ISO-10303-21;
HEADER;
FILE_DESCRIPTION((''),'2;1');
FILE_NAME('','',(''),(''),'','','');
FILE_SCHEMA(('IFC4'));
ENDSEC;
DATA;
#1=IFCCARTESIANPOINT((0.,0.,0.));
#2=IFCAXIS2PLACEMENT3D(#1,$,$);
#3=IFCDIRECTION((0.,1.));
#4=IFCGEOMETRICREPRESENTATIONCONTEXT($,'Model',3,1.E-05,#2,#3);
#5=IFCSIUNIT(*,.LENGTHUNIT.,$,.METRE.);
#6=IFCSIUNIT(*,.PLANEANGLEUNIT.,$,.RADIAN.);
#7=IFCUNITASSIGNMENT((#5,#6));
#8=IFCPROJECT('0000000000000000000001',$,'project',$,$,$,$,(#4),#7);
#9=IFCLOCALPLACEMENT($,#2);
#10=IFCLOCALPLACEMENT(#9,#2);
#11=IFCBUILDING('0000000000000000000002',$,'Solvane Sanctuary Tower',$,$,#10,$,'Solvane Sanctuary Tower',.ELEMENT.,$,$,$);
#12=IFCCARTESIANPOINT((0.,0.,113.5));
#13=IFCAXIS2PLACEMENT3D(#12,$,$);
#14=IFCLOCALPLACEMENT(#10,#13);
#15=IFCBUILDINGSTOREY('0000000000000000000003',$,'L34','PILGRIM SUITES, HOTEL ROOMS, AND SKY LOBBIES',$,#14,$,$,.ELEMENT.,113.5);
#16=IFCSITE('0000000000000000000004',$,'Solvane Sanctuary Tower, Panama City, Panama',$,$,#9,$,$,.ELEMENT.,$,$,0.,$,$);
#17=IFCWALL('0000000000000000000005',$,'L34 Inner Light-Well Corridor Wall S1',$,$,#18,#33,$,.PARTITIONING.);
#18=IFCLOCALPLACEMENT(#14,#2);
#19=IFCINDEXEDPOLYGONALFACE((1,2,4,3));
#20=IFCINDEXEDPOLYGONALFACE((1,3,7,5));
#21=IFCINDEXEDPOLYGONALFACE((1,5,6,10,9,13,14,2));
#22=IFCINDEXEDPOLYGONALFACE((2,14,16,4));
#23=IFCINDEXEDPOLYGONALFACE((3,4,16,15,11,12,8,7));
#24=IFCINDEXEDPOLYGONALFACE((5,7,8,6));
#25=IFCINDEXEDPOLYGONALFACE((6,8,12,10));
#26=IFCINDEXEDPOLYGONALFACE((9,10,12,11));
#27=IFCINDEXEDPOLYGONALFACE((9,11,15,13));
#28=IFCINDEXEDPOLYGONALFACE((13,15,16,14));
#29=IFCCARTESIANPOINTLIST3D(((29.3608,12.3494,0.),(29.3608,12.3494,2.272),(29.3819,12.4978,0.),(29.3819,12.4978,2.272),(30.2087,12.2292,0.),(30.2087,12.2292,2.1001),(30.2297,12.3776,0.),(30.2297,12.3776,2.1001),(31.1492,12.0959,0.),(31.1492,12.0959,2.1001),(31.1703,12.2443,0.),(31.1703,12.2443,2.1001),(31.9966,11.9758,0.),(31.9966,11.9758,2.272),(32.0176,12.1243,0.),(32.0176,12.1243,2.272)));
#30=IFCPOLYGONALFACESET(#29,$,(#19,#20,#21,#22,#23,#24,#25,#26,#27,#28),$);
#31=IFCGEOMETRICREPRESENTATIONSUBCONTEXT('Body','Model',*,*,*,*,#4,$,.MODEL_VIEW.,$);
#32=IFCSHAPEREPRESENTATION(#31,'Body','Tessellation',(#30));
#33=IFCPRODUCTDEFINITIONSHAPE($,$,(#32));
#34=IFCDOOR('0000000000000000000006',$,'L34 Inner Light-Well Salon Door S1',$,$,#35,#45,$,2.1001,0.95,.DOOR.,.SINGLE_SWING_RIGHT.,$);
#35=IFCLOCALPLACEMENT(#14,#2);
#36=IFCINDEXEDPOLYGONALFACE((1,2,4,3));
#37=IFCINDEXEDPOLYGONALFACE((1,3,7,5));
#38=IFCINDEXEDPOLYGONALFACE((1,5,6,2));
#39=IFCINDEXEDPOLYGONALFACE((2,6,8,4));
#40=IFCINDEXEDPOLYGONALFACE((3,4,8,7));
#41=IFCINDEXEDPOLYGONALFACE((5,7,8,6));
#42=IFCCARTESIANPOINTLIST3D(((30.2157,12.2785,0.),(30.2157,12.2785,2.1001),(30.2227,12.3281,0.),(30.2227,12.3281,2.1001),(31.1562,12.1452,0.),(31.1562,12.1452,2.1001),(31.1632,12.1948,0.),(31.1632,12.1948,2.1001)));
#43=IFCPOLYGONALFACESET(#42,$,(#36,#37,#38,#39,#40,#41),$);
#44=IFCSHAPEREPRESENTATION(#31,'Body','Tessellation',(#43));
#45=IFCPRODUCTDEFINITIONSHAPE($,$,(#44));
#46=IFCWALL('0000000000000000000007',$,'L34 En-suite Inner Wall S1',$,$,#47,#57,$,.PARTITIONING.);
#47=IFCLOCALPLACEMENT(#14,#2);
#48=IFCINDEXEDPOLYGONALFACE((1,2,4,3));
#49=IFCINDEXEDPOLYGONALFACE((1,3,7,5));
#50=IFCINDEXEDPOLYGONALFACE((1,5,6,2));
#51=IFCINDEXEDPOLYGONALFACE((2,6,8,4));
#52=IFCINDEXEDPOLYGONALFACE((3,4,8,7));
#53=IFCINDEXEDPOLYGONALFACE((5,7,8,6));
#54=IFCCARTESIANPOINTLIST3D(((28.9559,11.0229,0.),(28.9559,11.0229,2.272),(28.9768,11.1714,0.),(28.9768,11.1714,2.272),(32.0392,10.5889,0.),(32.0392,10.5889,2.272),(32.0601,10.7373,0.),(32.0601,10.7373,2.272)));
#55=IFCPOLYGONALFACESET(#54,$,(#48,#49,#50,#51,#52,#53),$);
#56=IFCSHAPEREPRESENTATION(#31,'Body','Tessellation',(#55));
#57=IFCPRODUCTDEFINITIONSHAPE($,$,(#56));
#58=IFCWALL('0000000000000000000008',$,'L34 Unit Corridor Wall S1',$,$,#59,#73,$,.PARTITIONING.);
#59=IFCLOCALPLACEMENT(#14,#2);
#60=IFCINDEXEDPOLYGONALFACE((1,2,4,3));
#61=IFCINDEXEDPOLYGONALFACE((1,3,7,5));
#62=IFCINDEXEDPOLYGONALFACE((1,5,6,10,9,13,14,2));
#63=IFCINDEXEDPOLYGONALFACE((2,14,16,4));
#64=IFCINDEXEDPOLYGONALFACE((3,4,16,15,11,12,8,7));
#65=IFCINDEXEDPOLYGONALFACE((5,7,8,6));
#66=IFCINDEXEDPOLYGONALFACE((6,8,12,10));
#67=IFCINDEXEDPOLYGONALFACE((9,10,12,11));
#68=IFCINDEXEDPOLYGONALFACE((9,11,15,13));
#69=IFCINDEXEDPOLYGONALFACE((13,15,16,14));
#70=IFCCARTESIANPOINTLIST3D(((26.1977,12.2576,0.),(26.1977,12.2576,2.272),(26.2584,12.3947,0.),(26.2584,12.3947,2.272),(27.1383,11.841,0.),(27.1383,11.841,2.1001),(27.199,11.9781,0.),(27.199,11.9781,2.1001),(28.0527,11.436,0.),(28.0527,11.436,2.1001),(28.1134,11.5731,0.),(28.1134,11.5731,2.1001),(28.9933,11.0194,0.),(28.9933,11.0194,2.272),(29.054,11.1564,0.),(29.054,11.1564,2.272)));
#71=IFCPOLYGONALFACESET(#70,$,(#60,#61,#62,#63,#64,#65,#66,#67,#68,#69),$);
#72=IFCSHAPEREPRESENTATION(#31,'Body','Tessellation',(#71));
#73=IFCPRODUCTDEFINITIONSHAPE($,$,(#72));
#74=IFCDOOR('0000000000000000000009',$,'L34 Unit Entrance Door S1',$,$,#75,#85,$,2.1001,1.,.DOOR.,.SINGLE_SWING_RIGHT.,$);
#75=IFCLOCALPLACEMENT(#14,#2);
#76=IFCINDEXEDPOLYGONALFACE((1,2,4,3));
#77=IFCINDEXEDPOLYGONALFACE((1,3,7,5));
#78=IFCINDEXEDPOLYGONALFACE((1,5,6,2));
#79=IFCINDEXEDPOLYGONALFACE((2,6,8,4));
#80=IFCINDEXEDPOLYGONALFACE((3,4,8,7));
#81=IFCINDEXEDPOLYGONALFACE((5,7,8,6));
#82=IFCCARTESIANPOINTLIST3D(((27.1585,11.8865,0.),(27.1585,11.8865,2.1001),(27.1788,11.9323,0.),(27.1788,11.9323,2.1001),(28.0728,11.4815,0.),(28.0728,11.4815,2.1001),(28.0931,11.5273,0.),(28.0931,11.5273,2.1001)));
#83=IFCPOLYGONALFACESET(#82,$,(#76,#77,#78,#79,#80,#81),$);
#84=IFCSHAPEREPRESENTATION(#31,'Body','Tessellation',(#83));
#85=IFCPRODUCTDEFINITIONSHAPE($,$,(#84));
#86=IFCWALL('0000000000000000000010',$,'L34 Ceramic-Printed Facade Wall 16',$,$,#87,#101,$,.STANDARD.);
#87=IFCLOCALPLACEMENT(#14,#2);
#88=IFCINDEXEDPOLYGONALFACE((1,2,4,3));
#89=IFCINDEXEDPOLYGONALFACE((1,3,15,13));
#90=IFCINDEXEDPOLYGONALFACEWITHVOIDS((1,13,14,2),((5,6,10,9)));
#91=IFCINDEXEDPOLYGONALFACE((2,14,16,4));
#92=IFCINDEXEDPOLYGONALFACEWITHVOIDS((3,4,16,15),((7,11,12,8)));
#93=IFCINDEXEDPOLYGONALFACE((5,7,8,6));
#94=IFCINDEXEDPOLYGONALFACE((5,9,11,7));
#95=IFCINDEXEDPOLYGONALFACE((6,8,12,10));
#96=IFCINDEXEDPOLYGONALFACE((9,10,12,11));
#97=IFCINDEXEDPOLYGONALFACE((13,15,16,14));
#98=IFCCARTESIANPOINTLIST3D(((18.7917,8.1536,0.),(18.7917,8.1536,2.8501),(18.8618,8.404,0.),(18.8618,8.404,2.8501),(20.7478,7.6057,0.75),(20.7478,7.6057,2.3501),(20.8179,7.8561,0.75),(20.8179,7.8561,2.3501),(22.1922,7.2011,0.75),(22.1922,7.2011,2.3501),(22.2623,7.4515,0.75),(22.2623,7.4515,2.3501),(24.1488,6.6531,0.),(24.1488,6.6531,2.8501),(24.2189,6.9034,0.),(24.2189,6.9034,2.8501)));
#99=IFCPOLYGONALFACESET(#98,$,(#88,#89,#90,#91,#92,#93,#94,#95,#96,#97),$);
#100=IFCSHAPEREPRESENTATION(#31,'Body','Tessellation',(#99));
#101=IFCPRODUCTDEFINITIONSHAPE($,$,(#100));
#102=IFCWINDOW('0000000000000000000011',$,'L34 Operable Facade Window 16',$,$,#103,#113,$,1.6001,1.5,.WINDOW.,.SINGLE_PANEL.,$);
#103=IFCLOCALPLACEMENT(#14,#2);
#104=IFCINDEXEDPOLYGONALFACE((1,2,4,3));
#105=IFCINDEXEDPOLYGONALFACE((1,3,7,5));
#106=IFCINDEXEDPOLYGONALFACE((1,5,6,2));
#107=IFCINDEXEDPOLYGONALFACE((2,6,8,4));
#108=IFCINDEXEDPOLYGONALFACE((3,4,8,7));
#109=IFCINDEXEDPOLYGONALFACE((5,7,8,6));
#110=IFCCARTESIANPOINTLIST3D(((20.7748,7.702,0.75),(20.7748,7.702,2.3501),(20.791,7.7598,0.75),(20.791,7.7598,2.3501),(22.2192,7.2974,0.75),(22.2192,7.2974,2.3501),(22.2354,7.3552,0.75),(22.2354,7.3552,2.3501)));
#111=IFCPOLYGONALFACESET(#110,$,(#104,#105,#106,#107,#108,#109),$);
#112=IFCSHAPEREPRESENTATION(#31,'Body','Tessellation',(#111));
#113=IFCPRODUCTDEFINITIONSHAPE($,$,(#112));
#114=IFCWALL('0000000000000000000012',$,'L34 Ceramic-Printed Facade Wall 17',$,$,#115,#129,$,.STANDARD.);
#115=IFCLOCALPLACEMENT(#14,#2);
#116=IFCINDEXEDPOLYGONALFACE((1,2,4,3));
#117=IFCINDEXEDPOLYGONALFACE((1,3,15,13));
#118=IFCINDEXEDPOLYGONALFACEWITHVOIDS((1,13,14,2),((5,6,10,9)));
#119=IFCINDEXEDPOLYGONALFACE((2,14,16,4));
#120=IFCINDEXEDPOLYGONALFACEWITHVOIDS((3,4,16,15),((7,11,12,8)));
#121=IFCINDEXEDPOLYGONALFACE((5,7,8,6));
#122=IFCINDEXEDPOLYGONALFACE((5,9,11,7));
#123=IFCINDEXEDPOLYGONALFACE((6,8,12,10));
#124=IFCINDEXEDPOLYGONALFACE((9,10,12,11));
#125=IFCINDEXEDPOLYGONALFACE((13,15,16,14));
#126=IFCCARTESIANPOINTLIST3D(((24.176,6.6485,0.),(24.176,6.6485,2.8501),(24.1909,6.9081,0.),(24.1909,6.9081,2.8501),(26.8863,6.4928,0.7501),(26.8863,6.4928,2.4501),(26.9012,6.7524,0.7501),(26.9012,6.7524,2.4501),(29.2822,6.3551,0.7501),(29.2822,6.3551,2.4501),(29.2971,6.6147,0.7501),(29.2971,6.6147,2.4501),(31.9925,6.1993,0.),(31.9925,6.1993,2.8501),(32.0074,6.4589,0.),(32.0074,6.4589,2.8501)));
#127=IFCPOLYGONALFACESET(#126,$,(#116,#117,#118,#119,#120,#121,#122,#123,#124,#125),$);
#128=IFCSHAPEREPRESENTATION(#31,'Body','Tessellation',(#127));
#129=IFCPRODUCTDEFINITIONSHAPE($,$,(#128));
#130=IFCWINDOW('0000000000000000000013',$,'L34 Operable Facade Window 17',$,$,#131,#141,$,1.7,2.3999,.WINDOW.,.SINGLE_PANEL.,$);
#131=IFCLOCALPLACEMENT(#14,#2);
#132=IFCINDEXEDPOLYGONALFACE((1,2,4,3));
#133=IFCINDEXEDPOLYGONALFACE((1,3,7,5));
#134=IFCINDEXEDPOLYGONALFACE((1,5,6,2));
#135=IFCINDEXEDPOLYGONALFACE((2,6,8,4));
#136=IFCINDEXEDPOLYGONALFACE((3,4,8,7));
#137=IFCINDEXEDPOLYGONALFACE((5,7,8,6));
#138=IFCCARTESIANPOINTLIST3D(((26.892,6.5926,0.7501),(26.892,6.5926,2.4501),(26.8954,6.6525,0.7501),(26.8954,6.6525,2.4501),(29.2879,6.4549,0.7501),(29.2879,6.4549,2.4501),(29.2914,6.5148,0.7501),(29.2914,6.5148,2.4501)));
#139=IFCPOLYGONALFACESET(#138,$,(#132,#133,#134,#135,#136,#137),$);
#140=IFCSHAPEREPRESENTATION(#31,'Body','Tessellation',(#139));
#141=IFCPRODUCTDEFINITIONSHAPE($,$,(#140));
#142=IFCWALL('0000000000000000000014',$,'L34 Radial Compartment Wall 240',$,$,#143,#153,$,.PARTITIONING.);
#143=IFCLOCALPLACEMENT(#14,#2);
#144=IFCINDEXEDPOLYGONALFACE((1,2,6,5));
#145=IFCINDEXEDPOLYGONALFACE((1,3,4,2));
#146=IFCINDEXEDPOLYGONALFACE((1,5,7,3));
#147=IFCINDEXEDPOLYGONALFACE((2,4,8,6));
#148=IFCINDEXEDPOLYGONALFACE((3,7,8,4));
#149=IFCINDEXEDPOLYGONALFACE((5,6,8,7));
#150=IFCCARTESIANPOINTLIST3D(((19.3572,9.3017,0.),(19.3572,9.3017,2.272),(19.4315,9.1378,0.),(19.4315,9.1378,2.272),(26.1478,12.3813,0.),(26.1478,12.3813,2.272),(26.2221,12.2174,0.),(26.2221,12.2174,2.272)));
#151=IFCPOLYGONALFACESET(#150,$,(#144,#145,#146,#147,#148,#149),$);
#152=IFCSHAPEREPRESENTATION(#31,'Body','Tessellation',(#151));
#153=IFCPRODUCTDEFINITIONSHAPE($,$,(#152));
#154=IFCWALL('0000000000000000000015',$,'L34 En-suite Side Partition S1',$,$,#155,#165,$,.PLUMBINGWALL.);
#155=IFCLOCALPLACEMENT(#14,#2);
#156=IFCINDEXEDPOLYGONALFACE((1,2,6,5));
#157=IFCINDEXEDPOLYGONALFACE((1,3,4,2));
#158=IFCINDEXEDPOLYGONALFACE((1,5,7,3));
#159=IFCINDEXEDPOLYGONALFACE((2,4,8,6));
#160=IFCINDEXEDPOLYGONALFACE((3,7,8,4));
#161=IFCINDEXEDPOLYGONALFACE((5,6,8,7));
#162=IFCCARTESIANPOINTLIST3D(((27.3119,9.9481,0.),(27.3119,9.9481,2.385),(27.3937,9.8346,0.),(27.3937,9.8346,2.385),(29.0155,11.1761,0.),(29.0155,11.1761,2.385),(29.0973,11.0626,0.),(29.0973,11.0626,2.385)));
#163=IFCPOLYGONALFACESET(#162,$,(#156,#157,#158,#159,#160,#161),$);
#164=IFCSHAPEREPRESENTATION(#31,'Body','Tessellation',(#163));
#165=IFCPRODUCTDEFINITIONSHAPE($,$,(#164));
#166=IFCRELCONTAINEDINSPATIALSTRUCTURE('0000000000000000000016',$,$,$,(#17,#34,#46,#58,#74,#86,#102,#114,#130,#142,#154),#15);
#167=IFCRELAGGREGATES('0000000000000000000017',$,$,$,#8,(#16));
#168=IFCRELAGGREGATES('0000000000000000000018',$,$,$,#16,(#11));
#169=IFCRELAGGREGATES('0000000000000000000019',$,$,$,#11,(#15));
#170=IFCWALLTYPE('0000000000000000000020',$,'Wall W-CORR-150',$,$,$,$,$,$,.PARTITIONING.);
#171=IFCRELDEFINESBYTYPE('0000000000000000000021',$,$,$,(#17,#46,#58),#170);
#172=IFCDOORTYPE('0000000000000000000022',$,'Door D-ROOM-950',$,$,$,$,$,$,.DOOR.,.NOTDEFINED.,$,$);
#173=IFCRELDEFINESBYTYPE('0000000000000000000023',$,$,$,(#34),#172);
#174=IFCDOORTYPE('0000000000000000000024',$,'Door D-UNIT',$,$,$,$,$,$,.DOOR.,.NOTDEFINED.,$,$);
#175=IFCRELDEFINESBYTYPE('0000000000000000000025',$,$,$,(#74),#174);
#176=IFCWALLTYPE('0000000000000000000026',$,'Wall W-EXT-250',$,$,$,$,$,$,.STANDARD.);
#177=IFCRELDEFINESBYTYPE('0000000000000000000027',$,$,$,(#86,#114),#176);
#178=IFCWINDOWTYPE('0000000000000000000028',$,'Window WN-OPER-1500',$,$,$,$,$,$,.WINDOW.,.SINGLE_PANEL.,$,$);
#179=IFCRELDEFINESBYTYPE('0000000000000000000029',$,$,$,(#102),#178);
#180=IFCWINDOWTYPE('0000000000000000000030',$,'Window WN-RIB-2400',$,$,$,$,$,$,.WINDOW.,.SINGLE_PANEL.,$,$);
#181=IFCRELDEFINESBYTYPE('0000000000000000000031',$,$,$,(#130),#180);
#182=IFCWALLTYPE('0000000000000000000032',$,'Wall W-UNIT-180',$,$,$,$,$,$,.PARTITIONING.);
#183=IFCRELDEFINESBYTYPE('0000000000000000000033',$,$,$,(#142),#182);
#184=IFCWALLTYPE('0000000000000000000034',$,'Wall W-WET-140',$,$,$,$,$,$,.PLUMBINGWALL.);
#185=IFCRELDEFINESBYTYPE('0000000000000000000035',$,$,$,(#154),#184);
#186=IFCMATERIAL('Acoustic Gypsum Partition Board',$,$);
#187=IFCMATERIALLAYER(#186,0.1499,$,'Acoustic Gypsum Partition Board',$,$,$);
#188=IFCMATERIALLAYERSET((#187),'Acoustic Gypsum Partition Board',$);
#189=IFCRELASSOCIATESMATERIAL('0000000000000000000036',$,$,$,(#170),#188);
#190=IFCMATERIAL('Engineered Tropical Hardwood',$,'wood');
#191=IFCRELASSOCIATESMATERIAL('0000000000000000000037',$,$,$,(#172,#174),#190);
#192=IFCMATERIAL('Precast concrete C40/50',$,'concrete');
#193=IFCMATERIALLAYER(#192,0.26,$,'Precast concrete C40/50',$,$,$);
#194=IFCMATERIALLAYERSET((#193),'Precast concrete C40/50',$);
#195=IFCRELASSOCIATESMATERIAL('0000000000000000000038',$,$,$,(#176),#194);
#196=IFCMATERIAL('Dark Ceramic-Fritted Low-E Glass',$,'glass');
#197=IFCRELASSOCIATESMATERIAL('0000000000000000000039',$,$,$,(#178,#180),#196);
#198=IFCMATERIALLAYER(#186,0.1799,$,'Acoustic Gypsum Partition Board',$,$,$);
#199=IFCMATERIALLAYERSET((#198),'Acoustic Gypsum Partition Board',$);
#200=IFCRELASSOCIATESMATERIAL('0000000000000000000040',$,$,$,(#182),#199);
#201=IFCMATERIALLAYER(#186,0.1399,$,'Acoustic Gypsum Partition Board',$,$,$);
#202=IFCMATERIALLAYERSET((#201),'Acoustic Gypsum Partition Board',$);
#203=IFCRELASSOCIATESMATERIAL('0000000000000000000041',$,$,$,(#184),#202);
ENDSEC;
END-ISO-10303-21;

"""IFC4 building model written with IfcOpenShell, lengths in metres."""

from ifc_helpers import new_model, si_unit, direction, frame, frame_2d, origin, place, context, subcontext, project, spatial, rectangle, extrude, material, layer, layer_set, type_object, element, fill, save


model = new_model("IFC4")

# Units and contexts
model_context = context("Model", 3, precision=1e-05, world=origin(), true_north=direction((0.0, 1.0)))
body_context = subcontext(model_context, "Body", "Model", "MODEL_VIEW")
ifc_project = project(units=[si_unit("LENGTHUNIT", "METRE"), si_unit("PLANEANGLEUNIT", "RADIAN")], contexts=[model_context])

# Site, building, storey
site_placement = place(None, origin())
site = spatial("IfcSite", under=ifc_project, at=site_placement, Name="Solvane Sanctuary Tower, Panama City, Panama", CompositionType="ELEMENT", RefElevation=0.0)
building_placement = place(site_placement, origin())
building = spatial("IfcBuilding", under=site, at=building_placement, Name="Solvane Sanctuary Tower", LongName="Solvane Sanctuary Tower", CompositionType="ELEMENT")
storey_placement = place(building_placement, frame((0.0, 0.0, 113.5)))
storey = spatial("IfcBuildingStorey", under=building, at=storey_placement, Name="L34", Description="PILGRIM SUITES, HOTEL ROOMS, AND SKY LOBBIES", CompositionType="ELEMENT", Elevation=113.5)

# Shared definitions
ifc_material_1 = material(Name="Acoustic Gypsum Partition Board")
ifc_layer_1 = layer(ifc_material_1, 0.1499, Name="Acoustic Gypsum Partition Board")
ifc_layer_set_1 = layer_set([ifc_layer_1], Name="Acoustic Gypsum Partition Board")
wall_type_1 = type_object("IfcWallType", Name="Wall W-CORR-150", PredefinedType="PARTITIONING", material=ifc_layer_set_1)

# Wall, opening, door
wall_1_placement = place(storey_placement, frame((29.3713, 12.4236, 0.0), z_axis=(0.0, 0.0, 1.0), x_axis=(0.990107, -0.140317, 0.0)))
wall_1 = element("IfcWall", 1, at=wall_1_placement, inside=storey, type_object=wall_type_1, Name="L34 Inner Light-Well Corridor Wall S1", PredefinedType="PARTITIONING", context=body_context, shape_type="SweptSolid", body=[
    extrude(rectangle(XDim=2.6621, YDim=0.1499, at=frame_2d((1.3311, 0.0))), origin(), (0.0, 0.0, 1.0), 2.272),
])
opening_1_placement = place(wall_1_placement, frame((0.8562, 0.0, 0.0)))
opening_1 = element("IfcOpeningElement", 2, at=opening_1_placement, cuts=wall_1, PredefinedType="OPENING", context=body_context, shape_type="SweptSolid", body=[
    extrude(rectangle(XDim=0.95, YDim=2.1001, at=frame_2d((0.4751, 1.05))), frame((0.0, 0.085, 0.0), z_axis=(0.0, -1.0, 0.0), x_axis=(1.0, 0.0, 0.0)), (0.0, 0.0, 1.0), 0.1699),
])
ifc_material_2 = material(Name="Engineered Tropical Hardwood", Category="wood")
door_type_1 = type_object("IfcDoorType", Name="Door D-ROOM-950", OperationType="NOTDEFINED", PredefinedType="DOOR", material=ifc_material_2)
door_1_placement = place(opening_1_placement, origin())
door_1 = element("IfcDoor", 3, at=door_1_placement, inside=storey, type_object=door_type_1, Name="L34 Inner Light-Well Salon Door S1", OperationType="SINGLE_SWING_RIGHT", OverallHeight=2.1001, OverallWidth=0.95, PredefinedType="DOOR", context=body_context, shape_type="SweptSolid", body=[
    extrude(rectangle(XDim=0.95, YDim=2.1001, at=frame_2d((0.4751, 1.05))), frame((0.0, 0.0249, 0.0), z_axis=(0.0, -1.0, 0.0), x_axis=(1.0, 0.0, 0.0)), (0.0, 0.0, 1.0), 0.05),
])
fill(opening_1, door_1)

# Wall
wall_2_placement = place(storey_placement, frame((28.9663, 11.0972, 0.0), z_axis=(0.0, 0.0, 1.0), x_axis=(0.990234, -0.139412, 0.0)))
element("IfcWall", 4, at=wall_2_placement, inside=storey, type_object=wall_type_1, Name="L34 En-suite Inner Wall S1", PredefinedType="PARTITIONING", context=body_context, shape_type="SweptSolid", body=[
    extrude(rectangle(XDim=3.1138, YDim=0.1499, at=frame_2d((1.5569, 0.0))), origin(), (0.0, 0.0, 1.0), 2.272),
])

# Wall, opening, door
wall_3_placement = place(storey_placement, frame((26.228, 12.3262, 0.0), z_axis=(0.0, 0.0, 1.0), x_axis=(0.914324, -0.404982, 0.0)))
wall_3 = element("IfcWall", 5, at=wall_3_placement, inside=storey, type_object=wall_type_1, Name="L34 Unit Corridor Wall S1", PredefinedType="PARTITIONING", context=body_context, shape_type="SweptSolid", body=[
    extrude(rectangle(XDim=3.0576, YDim=0.1499, at=frame_2d((1.5288, 0.0))), origin(), (0.0, 0.0, 1.0), 2.272),
])
opening_2_placement = place(wall_3_placement, frame((1.0288, 0.0, 0.0)))
opening_2 = element("IfcOpeningElement", 6, at=opening_2_placement, cuts=wall_3, PredefinedType="OPENING", context=body_context, shape_type="SweptSolid", body=[
    extrude(rectangle(XDim=1.0, YDim=2.1001, at=frame_2d((0.5, 1.05))), frame((0.0, 0.085, 0.0), z_axis=(0.0, -1.0, 0.0), x_axis=(1.0, 0.0, 0.0)), (0.0, 0.0, 1.0), 0.1699),
])
door_type_2 = type_object("IfcDoorType", Name="Door D-UNIT", OperationType="NOTDEFINED", PredefinedType="DOOR", material=ifc_material_2)
door_2_placement = place(opening_2_placement, origin())
door_2 = element("IfcDoor", 7, at=door_2_placement, inside=storey, type_object=door_type_2, Name="L34 Unit Entrance Door S1", OperationType="SINGLE_SWING_RIGHT", OverallHeight=2.1001, OverallWidth=1.0, PredefinedType="DOOR", context=body_context, shape_type="SweptSolid", body=[
    extrude(rectangle(XDim=1.0, YDim=2.1001, at=frame_2d((0.5, 1.05))), frame((0.0, 0.0249, 0.0), z_axis=(0.0, -1.0, 0.0), x_axis=(1.0, 0.0, 0.0)), (0.0, 0.0, 1.0), 0.05),
])
fill(opening_2, door_2)

# Walls, openings, windows
ifc_material_3 = material(Name="Precast concrete C40/50", Category="concrete")
ifc_layer_2 = layer(ifc_material_3, 0.26, Name="Precast concrete C40/50")
ifc_layer_set_2 = layer_set([ifc_layer_2], Name="Precast concrete C40/50")
wall_type_2 = type_object("IfcWallType", Name="Wall W-EXT-250", PredefinedType="STANDARD", material=ifc_layer_set_2)
wall_4_placement = place(storey_placement, frame((18.8267, 8.2788, 0.0), z_axis=(0.0, 0.0, 1.0), x_axis=(0.962938, -0.269721, 0.0)))
wall_4 = element("IfcWall", 8, at=wall_4_placement, inside=storey, type_object=wall_type_2, Name="L34 Ceramic-Printed Facade Wall 16", PredefinedType="STANDARD", context=body_context, shape_type="SweptSolid", body=[
    extrude(rectangle(XDim=5.5632, YDim=0.26, at=frame_2d((2.7817, 0.0))), origin(), (0.0, 0.0, 1.0), 2.8501),
])
opening_3_placement = place(wall_4_placement, frame((2.0315, 0.0, 0.75)))
opening_3 = element("IfcOpeningElement", 9, at=opening_3_placement, cuts=wall_4, PredefinedType="OPENING", context=body_context, shape_type="SweptSolid", body=[
    extrude(rectangle(XDim=1.5, YDim=1.6001, at=frame_2d((0.75, 0.8))), frame((0.0, 0.1399, 0.0), z_axis=(0.0, -1.0, 0.0), x_axis=(1.0, 0.0, 0.0)), (0.0, 0.0, 1.0), 0.28),
])
ifc_material_4 = material(Name="Dark Ceramic-Fritted Low-E Glass", Category="glass")
window_type_1 = type_object("IfcWindowType", Name="Window WN-OPER-1500", PartitioningType="SINGLE_PANEL", PredefinedType="WINDOW", material=ifc_material_4)
window_1_placement = place(opening_3_placement, origin())
window_1 = element("IfcWindow", 10, at=window_1_placement, inside=storey, type_object=window_type_1, Name="L34 Operable Facade Window 16", OverallHeight=1.6001, OverallWidth=1.5, PartitioningType="SINGLE_PANEL", PredefinedType="WINDOW", context=body_context, shape_type="SweptSolid", body=[
    extrude(rectangle(XDim=1.5, YDim=1.6001, at=frame_2d((0.75, 0.8))), frame((0.0, 0.03, 0.0), z_axis=(0.0, -1.0, 0.0), x_axis=(1.0, 0.0, 0.0)), (0.0, 0.0, 1.0), 0.0601),
])
fill(opening_3, window_1)
wall_5_placement = place(storey_placement, frame((24.1836, 6.7783, 0.0), z_axis=(0.0, 0.0, 1.0), x_axis=(0.998353, -0.057377, 0.0)))
wall_5 = element("IfcWall", 11, at=wall_5_placement, inside=storey, type_object=wall_type_2, Name="L34 Ceramic-Printed Facade Wall 17", PredefinedType="STANDARD", context=body_context, shape_type="SweptSolid", body=[
    extrude(rectangle(XDim=7.8293, YDim=0.26, at=frame_2d((3.9146, 0.0))), origin(), (0.0, 0.0, 1.0), 2.8501),
])
opening_4_placement = place(wall_5_placement, frame((2.7146, 0.0, 0.75)))
opening_4 = element("IfcOpeningElement", 12, at=opening_4_placement, cuts=wall_5, PredefinedType="OPENING", context=body_context, shape_type="SweptSolid", body=[
    extrude(rectangle(XDim=2.3999, YDim=1.7, at=frame_2d((1.2, 0.8501))), frame((0.0, 0.1399, 0.0), z_axis=(0.0, -1.0, 0.0), x_axis=(1.0, 0.0, 0.0)), (0.0, 0.0, 1.0), 0.28),
])
window_type_2 = type_object("IfcWindowType", Name="Window WN-RIB-2400", PartitioningType="SINGLE_PANEL", PredefinedType="WINDOW", material=ifc_material_4)
window_2_placement = place(opening_4_placement, origin())
window_2 = element("IfcWindow", 13, at=window_2_placement, inside=storey, type_object=window_type_2, Name="L34 Operable Facade Window 17", OverallHeight=1.7, OverallWidth=2.3999, PartitioningType="SINGLE_PANEL", PredefinedType="WINDOW", context=body_context, shape_type="SweptSolid", body=[
    extrude(rectangle(XDim=2.3999, YDim=1.7, at=frame_2d((1.2, 0.8501))), frame((0.0, 0.03, 0.0), z_axis=(0.0, -1.0, 0.0), x_axis=(1.0, 0.0, 0.0)), (0.0, 0.0, 1.0), 0.0601),
])
fill(opening_4, window_2)

# Walls
ifc_layer_3 = layer(ifc_material_1, 0.1799, Name="Acoustic Gypsum Partition Board")
ifc_layer_set_3 = layer_set([ifc_layer_3], Name="Acoustic Gypsum Partition Board")
wall_type_3 = type_object("IfcWallType", Name="Wall W-UNIT-180", PredefinedType="PARTITIONING", material=ifc_layer_set_3)
wall_6_placement = place(storey_placement, frame((26.1848, 12.2993, 0.0), z_axis=(0.0, 0.0, 1.0), x_axis=(-0.91072, -0.413023, 0.0)))
element("IfcWall", 14, at=wall_6_placement, inside=storey, type_object=wall_type_3, Name="L34 Radial Compartment Wall 240", PredefinedType="PARTITIONING", context=body_context, shape_type="SweptSolid", body=[
    extrude(rectangle(XDim=7.4563, YDim=0.1799, at=frame_2d((3.728, 0.0))), origin(), (0.0, 0.0, 1.0), 2.272),
])
ifc_layer_4 = layer(ifc_material_1, 0.1399, Name="Acoustic Gypsum Partition Board")
ifc_layer_set_4 = layer_set([ifc_layer_4], Name="Acoustic Gypsum Partition Board")
wall_type_4 = type_object("IfcWallType", Name="Wall W-WET-140", PredefinedType="PLUMBINGWALL", material=ifc_layer_set_4)
wall_7_placement = place(storey_placement, frame((29.0564, 11.1194, 0.0), z_axis=(0.0, 0.0, 1.0), x_axis=(-0.811212, -0.584752, 0.0)))
element("IfcWall", 15, at=wall_7_placement, inside=storey, type_object=wall_type_4, Name="L34 En-suite Side Partition S1", PredefinedType="PLUMBINGWALL", context=body_context, shape_type="SweptSolid", body=[
    extrude(rectangle(XDim=2.1001, YDim=0.1399, at=frame_2d((1.05, 0.0))), origin(), (0.0, 0.0, 1.0), 2.385),
])

save(model, "model.ifc")
